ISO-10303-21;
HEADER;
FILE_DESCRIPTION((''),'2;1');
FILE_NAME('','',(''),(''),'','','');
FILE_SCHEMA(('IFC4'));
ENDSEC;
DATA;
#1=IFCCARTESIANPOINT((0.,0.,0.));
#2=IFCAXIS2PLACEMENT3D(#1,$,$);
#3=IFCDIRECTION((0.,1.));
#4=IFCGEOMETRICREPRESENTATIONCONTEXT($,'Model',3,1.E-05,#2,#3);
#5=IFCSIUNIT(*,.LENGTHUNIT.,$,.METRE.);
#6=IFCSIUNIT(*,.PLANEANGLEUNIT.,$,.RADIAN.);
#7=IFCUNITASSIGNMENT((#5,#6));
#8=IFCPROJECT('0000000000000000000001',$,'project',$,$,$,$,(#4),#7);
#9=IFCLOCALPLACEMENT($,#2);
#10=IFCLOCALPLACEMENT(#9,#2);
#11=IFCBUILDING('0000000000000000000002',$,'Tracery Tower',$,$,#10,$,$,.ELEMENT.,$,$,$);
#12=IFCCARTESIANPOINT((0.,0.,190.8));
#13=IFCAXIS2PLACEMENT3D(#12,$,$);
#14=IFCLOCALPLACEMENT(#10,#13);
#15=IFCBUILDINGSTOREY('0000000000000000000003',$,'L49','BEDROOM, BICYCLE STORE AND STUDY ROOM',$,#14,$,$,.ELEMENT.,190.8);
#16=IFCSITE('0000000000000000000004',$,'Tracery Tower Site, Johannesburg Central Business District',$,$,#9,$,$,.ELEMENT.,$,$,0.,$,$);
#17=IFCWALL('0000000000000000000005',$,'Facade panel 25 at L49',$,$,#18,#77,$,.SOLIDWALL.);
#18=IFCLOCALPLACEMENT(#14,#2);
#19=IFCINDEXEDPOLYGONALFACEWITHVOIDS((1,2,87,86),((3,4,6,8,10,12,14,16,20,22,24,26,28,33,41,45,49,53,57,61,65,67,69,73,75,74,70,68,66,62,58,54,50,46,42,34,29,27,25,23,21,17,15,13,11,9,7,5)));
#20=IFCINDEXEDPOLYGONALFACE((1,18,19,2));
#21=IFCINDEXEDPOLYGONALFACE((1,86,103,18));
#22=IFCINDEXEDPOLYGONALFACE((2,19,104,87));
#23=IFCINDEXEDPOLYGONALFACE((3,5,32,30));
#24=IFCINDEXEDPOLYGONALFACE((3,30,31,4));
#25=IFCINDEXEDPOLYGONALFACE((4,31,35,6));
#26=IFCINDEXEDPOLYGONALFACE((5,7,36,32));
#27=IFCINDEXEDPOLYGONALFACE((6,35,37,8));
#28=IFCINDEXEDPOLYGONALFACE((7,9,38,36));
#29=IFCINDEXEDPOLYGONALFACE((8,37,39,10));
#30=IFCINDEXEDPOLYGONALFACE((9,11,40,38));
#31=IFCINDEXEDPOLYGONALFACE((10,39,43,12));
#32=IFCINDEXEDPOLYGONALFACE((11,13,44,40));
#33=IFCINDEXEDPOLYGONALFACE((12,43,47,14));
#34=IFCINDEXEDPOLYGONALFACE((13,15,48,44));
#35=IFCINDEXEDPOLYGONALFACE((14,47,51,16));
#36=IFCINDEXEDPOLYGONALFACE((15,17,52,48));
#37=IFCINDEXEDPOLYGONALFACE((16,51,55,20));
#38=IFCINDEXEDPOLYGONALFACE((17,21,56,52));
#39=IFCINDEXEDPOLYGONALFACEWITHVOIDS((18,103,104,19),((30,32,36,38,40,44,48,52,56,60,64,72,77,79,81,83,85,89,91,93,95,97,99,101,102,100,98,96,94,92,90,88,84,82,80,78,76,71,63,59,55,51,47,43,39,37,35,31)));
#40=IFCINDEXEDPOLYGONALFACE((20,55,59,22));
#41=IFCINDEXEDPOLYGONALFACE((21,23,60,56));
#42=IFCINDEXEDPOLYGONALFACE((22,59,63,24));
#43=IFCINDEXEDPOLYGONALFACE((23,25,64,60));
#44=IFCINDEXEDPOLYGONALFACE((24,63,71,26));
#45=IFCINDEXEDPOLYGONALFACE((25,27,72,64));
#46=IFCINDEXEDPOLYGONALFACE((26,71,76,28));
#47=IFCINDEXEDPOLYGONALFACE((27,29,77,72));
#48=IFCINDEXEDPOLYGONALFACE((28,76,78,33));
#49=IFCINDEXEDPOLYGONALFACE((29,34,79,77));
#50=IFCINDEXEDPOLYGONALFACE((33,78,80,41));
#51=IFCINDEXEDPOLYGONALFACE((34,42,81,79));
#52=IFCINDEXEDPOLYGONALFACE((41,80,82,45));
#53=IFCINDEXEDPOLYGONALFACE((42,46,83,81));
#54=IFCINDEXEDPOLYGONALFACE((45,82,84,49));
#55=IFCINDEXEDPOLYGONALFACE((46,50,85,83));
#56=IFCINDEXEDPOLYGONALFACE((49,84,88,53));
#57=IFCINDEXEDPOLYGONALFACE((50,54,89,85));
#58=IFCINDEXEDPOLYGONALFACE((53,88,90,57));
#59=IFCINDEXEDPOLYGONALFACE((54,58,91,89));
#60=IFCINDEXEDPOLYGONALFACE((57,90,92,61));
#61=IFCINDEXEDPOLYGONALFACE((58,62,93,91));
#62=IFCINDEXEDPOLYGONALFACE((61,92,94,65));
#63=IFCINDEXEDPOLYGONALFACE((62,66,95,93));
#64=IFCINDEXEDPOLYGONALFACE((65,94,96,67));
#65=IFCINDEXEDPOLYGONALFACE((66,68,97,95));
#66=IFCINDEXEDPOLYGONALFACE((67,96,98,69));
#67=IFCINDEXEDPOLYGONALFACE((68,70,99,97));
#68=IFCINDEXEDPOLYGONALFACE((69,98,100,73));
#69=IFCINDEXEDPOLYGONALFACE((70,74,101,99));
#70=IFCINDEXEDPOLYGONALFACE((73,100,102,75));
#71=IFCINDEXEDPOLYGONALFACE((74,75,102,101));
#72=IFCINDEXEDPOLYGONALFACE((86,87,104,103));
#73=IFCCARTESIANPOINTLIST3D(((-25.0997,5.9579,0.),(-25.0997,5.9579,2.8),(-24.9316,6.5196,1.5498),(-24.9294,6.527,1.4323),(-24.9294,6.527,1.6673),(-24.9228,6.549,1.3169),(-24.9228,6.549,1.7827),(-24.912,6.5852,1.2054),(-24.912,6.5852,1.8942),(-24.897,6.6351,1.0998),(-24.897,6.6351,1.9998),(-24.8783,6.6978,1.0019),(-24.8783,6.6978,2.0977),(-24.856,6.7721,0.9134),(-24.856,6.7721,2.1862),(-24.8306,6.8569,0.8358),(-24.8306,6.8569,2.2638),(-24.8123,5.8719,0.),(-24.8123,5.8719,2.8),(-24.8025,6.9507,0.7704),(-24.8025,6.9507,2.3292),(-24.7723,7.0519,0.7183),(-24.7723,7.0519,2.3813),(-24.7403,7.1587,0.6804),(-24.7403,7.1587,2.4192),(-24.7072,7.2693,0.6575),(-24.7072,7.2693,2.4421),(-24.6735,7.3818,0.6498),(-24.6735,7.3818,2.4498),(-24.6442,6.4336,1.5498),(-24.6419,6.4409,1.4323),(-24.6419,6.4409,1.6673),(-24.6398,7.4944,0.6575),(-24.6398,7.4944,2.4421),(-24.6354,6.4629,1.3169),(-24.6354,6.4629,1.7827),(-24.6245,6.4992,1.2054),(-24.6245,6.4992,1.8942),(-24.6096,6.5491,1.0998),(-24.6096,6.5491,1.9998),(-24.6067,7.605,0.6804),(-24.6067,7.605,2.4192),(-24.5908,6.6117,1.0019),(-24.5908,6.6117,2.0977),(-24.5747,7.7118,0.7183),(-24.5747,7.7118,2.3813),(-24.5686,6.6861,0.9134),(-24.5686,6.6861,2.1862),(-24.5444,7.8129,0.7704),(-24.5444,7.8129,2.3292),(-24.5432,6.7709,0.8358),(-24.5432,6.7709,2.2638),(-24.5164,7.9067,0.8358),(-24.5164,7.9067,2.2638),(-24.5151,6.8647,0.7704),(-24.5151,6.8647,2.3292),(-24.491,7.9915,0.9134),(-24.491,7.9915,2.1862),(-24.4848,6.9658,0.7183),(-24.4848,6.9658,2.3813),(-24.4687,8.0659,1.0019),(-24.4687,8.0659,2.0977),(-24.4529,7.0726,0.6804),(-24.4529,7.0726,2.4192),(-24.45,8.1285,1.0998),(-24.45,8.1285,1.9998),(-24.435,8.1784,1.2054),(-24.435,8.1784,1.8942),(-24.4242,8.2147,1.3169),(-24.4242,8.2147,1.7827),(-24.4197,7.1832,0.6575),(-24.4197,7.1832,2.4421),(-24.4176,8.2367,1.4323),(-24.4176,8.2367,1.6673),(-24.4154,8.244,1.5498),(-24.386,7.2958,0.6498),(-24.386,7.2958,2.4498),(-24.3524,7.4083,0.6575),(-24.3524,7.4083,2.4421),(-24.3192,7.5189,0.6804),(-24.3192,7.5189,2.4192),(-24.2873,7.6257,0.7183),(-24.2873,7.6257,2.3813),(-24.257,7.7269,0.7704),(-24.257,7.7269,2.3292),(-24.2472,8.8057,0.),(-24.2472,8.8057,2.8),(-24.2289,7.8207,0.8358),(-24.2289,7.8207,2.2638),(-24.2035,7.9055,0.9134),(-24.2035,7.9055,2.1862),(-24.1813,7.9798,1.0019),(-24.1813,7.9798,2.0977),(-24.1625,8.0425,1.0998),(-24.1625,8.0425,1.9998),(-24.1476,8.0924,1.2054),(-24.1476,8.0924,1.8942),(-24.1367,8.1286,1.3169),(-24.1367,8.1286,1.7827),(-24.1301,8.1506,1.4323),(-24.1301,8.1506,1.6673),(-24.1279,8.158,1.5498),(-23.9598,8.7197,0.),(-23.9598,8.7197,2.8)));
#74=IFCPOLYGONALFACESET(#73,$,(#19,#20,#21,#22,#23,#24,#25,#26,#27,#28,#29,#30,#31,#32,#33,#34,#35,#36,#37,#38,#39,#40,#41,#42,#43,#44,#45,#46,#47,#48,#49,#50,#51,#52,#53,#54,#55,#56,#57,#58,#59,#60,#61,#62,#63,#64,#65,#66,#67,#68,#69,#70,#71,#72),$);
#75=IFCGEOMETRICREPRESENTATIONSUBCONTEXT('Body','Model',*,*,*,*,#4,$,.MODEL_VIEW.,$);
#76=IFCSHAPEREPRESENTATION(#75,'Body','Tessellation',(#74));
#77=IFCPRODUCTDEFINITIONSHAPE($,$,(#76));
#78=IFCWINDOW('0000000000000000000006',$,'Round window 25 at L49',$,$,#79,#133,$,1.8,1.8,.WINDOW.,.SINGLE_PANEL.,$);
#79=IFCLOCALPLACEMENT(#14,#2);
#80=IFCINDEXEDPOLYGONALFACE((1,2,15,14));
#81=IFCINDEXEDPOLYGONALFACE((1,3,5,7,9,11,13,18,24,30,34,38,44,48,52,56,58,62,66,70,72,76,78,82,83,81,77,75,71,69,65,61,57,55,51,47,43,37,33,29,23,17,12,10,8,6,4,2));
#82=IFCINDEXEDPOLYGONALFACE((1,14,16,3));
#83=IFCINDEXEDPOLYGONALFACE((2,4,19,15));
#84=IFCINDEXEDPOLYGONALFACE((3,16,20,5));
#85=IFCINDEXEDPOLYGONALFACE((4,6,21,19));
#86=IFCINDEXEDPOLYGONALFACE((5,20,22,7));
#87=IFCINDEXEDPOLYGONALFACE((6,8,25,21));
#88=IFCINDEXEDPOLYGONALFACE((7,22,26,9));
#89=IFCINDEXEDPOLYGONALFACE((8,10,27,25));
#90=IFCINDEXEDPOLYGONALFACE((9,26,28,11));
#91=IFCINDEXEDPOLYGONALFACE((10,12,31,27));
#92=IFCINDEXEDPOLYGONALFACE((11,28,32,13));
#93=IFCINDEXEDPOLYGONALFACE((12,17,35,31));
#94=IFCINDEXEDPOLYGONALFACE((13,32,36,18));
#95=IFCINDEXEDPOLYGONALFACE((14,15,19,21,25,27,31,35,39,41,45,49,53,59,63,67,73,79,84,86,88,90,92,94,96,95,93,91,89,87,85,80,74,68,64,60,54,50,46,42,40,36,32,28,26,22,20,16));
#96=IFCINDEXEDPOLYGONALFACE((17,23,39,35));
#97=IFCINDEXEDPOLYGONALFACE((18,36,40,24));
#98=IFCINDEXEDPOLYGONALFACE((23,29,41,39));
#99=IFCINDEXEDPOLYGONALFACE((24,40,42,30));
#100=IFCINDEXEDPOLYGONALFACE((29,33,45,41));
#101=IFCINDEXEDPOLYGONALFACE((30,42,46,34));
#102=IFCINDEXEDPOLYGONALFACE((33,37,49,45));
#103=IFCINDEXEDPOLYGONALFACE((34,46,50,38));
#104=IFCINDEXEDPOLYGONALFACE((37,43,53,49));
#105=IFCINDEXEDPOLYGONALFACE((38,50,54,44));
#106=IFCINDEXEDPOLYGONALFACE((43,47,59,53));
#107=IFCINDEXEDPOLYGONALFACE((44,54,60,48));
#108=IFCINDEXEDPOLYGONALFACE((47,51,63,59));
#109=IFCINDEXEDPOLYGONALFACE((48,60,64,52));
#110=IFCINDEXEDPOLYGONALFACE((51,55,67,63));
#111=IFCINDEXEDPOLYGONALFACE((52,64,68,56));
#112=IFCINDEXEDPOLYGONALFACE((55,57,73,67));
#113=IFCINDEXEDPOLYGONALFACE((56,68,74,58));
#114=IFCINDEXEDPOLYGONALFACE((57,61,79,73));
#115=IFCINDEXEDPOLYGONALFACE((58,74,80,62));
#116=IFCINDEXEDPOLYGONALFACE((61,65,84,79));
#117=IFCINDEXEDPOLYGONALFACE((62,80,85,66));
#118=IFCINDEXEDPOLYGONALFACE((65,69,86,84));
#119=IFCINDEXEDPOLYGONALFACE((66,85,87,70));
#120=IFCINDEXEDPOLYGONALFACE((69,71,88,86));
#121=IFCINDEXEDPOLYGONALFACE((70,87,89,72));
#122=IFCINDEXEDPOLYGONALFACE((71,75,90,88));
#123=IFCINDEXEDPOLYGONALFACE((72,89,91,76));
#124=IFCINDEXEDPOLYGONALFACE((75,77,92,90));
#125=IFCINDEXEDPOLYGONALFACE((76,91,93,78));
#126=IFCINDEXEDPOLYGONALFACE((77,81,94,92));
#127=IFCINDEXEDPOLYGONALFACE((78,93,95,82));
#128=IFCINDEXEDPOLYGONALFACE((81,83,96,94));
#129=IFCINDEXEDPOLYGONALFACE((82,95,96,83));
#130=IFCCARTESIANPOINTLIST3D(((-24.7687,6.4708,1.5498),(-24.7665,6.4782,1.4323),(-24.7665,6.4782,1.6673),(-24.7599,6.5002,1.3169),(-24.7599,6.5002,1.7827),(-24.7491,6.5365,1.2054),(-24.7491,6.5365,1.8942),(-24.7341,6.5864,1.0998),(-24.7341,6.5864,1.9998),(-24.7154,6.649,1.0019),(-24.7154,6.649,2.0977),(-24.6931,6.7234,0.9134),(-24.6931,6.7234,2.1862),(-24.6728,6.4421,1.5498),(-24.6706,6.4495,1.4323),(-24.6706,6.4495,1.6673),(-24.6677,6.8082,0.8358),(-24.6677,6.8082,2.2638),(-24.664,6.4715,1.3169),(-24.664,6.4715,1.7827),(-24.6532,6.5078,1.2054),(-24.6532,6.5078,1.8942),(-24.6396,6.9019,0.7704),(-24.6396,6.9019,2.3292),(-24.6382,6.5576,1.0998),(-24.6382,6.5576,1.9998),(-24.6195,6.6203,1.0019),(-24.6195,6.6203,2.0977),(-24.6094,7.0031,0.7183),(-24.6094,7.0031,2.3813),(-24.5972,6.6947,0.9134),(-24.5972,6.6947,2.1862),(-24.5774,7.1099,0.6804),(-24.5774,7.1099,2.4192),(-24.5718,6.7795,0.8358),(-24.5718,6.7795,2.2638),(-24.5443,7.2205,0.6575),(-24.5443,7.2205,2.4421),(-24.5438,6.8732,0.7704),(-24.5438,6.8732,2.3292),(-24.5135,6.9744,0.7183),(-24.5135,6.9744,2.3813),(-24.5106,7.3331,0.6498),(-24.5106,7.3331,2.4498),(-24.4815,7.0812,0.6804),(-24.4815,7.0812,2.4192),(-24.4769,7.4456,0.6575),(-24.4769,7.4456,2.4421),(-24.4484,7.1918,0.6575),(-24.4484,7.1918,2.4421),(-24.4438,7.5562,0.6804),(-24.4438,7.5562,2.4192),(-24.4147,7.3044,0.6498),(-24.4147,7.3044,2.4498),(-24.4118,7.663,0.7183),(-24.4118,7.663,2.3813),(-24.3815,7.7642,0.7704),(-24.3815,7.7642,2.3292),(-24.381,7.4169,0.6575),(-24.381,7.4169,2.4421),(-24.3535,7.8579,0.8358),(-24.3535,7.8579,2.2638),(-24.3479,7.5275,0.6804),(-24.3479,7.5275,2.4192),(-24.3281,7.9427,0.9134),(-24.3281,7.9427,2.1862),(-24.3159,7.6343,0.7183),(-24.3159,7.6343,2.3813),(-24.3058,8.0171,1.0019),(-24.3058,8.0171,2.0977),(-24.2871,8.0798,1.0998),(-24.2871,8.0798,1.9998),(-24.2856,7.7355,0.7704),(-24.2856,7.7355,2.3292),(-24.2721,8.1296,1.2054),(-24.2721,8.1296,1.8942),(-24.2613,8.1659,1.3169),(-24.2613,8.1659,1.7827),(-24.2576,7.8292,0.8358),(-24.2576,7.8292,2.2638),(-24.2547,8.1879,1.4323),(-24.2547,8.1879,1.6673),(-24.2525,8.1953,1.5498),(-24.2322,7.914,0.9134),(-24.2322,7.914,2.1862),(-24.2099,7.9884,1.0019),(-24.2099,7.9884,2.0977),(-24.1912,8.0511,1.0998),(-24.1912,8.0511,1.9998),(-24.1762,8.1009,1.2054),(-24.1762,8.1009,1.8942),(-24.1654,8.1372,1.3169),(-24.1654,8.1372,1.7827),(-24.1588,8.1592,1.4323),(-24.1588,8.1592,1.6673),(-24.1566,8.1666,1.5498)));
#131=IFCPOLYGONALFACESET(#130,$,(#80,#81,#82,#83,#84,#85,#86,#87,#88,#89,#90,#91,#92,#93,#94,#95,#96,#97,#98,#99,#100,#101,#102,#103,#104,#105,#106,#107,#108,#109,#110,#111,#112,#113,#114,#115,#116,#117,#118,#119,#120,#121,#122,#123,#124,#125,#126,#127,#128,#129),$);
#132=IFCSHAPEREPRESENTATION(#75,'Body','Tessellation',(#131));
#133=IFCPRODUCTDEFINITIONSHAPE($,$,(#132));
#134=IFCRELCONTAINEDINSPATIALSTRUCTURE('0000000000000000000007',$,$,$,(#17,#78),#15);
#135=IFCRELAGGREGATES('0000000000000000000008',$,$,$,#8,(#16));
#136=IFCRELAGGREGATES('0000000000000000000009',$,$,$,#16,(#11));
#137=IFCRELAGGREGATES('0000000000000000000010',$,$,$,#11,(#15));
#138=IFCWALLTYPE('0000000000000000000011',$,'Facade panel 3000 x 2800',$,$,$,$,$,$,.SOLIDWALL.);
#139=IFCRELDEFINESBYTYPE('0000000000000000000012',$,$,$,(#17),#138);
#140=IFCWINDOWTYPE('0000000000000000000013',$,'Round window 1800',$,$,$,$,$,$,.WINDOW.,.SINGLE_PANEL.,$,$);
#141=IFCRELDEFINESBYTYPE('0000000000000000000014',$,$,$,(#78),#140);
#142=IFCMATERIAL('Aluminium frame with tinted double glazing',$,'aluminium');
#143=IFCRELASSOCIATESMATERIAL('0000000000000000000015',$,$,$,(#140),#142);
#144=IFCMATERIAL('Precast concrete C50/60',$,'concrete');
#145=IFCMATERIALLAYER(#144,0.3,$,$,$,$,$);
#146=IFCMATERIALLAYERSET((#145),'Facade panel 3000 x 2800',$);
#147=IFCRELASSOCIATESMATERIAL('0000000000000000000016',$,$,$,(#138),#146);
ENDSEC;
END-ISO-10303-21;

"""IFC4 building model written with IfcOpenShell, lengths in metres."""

from ifc_helpers import new_model, si_unit, direction, frame, frame_2d, origin, origin_2d, place, context, subcontext, project, spatial, rectangle, circle, extrude, material, layer, layer_set, type_object, element, fill, save


model = new_model("IFC4")

# Units and contexts
model_context = context("Model", 3, precision=1e-05, world=origin(), true_north=direction((0.0, 1.0)))
body_context = subcontext(model_context, "Body", "Model", "MODEL_VIEW")
ifc_project = project(units=[si_unit("LENGTHUNIT", "METRE"), si_unit("PLANEANGLEUNIT", "RADIAN")], contexts=[model_context])

# Site, building, storey
site_placement = place(None, origin())
site = spatial("IfcSite", under=ifc_project, at=site_placement, Name="Tracery Tower Site, Johannesburg Central Business District", CompositionType="ELEMENT", RefElevation=0.0)
building_placement = place(site_placement, origin())
building = spatial("IfcBuilding", under=site, at=building_placement, Name="Tracery Tower", CompositionType="ELEMENT")
storey_placement = place(building_placement, frame((0.0, 0.0, 190.8)))
storey = spatial("IfcBuildingStorey", under=building, at=storey_placement, Name="L49", Description="BEDROOM, BICYCLE STORE AND STUDY ROOM", CompositionType="ELEMENT", Elevation=190.8)

# Wall, opening, window
ifc_material_1 = material(Name="Aluminium frame with tinted double glazing", Category="aluminium")
window_type = type_object("IfcWindowType", Name="Round window 1800", PartitioningType="SINGLE_PANEL", PredefinedType="WINDOW", material=ifc_material_1)
ifc_material_2 = material(Name="Precast concrete C50/60", Category="concrete")
ifc_layer_1 = layer(ifc_material_2, 0.3)
ifc_layer_set_1 = layer_set([ifc_layer_1], Name="Facade panel 3000 x 2800")
wall_type_1 = type_object("IfcWallType", Name="Facade panel 3000 x 2800", PredefinedType="SOLIDWALL", material=ifc_layer_set_1)
wall_1_placement = place(storey_placement, frame((-24.1035, 8.7627, 0.0), z_axis=(0.0, 0.0, 1.0), x_axis=(-0.286783, -0.957996, 0.0)))
wall_1 = element("IfcWall", 1, at=wall_1_placement, inside=storey, type_object=wall_type_1, Name="Facade panel 25 at L49", PredefinedType="SOLIDWALL", context=body_context, shape_type="SweptSolid", body=[
    extrude(rectangle(XDim=2.9727, YDim=0.3, at=frame_2d((1.4863, 0.0))), origin(), (0.0, 0.0, 1.0), 2.8),
])
opening_1_placement = place(wall_1_placement, frame((1.4863, 0.0, 1.5498)))
opening_1 = element("IfcOpeningElement", 2, at=opening_1_placement, cuts=wall_1, PredefinedType="OPENING", context=body_context, shape_type="SweptSolid", body=[
    extrude(circle(Radius=0.9, at=origin_2d()), frame((0.0, 0.1599, 0.0), z_axis=(0.0, -1.0, 0.0), x_axis=(1.0, 0.0, 0.0)), (0.0, 0.0, 1.0), 0.3201),
])
window_1_placement = place(opening_1_placement, origin())
window_1 = element("IfcWindow", 3, at=window_1_placement, inside=storey, type_object=window_type, Name="Round window 25 at L49", OverallHeight=1.8, OverallWidth=1.8, PartitioningType="SINGLE_PANEL", PredefinedType="WINDOW", context=body_context, shape_type="SweptSolid", body=[
    extrude(circle(Radius=0.9, at=origin_2d()), frame((0.0, 0.1201, 0.0), z_axis=(0.0, -1.0, 0.0), x_axis=(1.0, 0.0, 0.0)), (0.0, 0.0, 1.0), 0.1001),
])
fill(opening_1, window_1)

save(model, "model.ifc")
